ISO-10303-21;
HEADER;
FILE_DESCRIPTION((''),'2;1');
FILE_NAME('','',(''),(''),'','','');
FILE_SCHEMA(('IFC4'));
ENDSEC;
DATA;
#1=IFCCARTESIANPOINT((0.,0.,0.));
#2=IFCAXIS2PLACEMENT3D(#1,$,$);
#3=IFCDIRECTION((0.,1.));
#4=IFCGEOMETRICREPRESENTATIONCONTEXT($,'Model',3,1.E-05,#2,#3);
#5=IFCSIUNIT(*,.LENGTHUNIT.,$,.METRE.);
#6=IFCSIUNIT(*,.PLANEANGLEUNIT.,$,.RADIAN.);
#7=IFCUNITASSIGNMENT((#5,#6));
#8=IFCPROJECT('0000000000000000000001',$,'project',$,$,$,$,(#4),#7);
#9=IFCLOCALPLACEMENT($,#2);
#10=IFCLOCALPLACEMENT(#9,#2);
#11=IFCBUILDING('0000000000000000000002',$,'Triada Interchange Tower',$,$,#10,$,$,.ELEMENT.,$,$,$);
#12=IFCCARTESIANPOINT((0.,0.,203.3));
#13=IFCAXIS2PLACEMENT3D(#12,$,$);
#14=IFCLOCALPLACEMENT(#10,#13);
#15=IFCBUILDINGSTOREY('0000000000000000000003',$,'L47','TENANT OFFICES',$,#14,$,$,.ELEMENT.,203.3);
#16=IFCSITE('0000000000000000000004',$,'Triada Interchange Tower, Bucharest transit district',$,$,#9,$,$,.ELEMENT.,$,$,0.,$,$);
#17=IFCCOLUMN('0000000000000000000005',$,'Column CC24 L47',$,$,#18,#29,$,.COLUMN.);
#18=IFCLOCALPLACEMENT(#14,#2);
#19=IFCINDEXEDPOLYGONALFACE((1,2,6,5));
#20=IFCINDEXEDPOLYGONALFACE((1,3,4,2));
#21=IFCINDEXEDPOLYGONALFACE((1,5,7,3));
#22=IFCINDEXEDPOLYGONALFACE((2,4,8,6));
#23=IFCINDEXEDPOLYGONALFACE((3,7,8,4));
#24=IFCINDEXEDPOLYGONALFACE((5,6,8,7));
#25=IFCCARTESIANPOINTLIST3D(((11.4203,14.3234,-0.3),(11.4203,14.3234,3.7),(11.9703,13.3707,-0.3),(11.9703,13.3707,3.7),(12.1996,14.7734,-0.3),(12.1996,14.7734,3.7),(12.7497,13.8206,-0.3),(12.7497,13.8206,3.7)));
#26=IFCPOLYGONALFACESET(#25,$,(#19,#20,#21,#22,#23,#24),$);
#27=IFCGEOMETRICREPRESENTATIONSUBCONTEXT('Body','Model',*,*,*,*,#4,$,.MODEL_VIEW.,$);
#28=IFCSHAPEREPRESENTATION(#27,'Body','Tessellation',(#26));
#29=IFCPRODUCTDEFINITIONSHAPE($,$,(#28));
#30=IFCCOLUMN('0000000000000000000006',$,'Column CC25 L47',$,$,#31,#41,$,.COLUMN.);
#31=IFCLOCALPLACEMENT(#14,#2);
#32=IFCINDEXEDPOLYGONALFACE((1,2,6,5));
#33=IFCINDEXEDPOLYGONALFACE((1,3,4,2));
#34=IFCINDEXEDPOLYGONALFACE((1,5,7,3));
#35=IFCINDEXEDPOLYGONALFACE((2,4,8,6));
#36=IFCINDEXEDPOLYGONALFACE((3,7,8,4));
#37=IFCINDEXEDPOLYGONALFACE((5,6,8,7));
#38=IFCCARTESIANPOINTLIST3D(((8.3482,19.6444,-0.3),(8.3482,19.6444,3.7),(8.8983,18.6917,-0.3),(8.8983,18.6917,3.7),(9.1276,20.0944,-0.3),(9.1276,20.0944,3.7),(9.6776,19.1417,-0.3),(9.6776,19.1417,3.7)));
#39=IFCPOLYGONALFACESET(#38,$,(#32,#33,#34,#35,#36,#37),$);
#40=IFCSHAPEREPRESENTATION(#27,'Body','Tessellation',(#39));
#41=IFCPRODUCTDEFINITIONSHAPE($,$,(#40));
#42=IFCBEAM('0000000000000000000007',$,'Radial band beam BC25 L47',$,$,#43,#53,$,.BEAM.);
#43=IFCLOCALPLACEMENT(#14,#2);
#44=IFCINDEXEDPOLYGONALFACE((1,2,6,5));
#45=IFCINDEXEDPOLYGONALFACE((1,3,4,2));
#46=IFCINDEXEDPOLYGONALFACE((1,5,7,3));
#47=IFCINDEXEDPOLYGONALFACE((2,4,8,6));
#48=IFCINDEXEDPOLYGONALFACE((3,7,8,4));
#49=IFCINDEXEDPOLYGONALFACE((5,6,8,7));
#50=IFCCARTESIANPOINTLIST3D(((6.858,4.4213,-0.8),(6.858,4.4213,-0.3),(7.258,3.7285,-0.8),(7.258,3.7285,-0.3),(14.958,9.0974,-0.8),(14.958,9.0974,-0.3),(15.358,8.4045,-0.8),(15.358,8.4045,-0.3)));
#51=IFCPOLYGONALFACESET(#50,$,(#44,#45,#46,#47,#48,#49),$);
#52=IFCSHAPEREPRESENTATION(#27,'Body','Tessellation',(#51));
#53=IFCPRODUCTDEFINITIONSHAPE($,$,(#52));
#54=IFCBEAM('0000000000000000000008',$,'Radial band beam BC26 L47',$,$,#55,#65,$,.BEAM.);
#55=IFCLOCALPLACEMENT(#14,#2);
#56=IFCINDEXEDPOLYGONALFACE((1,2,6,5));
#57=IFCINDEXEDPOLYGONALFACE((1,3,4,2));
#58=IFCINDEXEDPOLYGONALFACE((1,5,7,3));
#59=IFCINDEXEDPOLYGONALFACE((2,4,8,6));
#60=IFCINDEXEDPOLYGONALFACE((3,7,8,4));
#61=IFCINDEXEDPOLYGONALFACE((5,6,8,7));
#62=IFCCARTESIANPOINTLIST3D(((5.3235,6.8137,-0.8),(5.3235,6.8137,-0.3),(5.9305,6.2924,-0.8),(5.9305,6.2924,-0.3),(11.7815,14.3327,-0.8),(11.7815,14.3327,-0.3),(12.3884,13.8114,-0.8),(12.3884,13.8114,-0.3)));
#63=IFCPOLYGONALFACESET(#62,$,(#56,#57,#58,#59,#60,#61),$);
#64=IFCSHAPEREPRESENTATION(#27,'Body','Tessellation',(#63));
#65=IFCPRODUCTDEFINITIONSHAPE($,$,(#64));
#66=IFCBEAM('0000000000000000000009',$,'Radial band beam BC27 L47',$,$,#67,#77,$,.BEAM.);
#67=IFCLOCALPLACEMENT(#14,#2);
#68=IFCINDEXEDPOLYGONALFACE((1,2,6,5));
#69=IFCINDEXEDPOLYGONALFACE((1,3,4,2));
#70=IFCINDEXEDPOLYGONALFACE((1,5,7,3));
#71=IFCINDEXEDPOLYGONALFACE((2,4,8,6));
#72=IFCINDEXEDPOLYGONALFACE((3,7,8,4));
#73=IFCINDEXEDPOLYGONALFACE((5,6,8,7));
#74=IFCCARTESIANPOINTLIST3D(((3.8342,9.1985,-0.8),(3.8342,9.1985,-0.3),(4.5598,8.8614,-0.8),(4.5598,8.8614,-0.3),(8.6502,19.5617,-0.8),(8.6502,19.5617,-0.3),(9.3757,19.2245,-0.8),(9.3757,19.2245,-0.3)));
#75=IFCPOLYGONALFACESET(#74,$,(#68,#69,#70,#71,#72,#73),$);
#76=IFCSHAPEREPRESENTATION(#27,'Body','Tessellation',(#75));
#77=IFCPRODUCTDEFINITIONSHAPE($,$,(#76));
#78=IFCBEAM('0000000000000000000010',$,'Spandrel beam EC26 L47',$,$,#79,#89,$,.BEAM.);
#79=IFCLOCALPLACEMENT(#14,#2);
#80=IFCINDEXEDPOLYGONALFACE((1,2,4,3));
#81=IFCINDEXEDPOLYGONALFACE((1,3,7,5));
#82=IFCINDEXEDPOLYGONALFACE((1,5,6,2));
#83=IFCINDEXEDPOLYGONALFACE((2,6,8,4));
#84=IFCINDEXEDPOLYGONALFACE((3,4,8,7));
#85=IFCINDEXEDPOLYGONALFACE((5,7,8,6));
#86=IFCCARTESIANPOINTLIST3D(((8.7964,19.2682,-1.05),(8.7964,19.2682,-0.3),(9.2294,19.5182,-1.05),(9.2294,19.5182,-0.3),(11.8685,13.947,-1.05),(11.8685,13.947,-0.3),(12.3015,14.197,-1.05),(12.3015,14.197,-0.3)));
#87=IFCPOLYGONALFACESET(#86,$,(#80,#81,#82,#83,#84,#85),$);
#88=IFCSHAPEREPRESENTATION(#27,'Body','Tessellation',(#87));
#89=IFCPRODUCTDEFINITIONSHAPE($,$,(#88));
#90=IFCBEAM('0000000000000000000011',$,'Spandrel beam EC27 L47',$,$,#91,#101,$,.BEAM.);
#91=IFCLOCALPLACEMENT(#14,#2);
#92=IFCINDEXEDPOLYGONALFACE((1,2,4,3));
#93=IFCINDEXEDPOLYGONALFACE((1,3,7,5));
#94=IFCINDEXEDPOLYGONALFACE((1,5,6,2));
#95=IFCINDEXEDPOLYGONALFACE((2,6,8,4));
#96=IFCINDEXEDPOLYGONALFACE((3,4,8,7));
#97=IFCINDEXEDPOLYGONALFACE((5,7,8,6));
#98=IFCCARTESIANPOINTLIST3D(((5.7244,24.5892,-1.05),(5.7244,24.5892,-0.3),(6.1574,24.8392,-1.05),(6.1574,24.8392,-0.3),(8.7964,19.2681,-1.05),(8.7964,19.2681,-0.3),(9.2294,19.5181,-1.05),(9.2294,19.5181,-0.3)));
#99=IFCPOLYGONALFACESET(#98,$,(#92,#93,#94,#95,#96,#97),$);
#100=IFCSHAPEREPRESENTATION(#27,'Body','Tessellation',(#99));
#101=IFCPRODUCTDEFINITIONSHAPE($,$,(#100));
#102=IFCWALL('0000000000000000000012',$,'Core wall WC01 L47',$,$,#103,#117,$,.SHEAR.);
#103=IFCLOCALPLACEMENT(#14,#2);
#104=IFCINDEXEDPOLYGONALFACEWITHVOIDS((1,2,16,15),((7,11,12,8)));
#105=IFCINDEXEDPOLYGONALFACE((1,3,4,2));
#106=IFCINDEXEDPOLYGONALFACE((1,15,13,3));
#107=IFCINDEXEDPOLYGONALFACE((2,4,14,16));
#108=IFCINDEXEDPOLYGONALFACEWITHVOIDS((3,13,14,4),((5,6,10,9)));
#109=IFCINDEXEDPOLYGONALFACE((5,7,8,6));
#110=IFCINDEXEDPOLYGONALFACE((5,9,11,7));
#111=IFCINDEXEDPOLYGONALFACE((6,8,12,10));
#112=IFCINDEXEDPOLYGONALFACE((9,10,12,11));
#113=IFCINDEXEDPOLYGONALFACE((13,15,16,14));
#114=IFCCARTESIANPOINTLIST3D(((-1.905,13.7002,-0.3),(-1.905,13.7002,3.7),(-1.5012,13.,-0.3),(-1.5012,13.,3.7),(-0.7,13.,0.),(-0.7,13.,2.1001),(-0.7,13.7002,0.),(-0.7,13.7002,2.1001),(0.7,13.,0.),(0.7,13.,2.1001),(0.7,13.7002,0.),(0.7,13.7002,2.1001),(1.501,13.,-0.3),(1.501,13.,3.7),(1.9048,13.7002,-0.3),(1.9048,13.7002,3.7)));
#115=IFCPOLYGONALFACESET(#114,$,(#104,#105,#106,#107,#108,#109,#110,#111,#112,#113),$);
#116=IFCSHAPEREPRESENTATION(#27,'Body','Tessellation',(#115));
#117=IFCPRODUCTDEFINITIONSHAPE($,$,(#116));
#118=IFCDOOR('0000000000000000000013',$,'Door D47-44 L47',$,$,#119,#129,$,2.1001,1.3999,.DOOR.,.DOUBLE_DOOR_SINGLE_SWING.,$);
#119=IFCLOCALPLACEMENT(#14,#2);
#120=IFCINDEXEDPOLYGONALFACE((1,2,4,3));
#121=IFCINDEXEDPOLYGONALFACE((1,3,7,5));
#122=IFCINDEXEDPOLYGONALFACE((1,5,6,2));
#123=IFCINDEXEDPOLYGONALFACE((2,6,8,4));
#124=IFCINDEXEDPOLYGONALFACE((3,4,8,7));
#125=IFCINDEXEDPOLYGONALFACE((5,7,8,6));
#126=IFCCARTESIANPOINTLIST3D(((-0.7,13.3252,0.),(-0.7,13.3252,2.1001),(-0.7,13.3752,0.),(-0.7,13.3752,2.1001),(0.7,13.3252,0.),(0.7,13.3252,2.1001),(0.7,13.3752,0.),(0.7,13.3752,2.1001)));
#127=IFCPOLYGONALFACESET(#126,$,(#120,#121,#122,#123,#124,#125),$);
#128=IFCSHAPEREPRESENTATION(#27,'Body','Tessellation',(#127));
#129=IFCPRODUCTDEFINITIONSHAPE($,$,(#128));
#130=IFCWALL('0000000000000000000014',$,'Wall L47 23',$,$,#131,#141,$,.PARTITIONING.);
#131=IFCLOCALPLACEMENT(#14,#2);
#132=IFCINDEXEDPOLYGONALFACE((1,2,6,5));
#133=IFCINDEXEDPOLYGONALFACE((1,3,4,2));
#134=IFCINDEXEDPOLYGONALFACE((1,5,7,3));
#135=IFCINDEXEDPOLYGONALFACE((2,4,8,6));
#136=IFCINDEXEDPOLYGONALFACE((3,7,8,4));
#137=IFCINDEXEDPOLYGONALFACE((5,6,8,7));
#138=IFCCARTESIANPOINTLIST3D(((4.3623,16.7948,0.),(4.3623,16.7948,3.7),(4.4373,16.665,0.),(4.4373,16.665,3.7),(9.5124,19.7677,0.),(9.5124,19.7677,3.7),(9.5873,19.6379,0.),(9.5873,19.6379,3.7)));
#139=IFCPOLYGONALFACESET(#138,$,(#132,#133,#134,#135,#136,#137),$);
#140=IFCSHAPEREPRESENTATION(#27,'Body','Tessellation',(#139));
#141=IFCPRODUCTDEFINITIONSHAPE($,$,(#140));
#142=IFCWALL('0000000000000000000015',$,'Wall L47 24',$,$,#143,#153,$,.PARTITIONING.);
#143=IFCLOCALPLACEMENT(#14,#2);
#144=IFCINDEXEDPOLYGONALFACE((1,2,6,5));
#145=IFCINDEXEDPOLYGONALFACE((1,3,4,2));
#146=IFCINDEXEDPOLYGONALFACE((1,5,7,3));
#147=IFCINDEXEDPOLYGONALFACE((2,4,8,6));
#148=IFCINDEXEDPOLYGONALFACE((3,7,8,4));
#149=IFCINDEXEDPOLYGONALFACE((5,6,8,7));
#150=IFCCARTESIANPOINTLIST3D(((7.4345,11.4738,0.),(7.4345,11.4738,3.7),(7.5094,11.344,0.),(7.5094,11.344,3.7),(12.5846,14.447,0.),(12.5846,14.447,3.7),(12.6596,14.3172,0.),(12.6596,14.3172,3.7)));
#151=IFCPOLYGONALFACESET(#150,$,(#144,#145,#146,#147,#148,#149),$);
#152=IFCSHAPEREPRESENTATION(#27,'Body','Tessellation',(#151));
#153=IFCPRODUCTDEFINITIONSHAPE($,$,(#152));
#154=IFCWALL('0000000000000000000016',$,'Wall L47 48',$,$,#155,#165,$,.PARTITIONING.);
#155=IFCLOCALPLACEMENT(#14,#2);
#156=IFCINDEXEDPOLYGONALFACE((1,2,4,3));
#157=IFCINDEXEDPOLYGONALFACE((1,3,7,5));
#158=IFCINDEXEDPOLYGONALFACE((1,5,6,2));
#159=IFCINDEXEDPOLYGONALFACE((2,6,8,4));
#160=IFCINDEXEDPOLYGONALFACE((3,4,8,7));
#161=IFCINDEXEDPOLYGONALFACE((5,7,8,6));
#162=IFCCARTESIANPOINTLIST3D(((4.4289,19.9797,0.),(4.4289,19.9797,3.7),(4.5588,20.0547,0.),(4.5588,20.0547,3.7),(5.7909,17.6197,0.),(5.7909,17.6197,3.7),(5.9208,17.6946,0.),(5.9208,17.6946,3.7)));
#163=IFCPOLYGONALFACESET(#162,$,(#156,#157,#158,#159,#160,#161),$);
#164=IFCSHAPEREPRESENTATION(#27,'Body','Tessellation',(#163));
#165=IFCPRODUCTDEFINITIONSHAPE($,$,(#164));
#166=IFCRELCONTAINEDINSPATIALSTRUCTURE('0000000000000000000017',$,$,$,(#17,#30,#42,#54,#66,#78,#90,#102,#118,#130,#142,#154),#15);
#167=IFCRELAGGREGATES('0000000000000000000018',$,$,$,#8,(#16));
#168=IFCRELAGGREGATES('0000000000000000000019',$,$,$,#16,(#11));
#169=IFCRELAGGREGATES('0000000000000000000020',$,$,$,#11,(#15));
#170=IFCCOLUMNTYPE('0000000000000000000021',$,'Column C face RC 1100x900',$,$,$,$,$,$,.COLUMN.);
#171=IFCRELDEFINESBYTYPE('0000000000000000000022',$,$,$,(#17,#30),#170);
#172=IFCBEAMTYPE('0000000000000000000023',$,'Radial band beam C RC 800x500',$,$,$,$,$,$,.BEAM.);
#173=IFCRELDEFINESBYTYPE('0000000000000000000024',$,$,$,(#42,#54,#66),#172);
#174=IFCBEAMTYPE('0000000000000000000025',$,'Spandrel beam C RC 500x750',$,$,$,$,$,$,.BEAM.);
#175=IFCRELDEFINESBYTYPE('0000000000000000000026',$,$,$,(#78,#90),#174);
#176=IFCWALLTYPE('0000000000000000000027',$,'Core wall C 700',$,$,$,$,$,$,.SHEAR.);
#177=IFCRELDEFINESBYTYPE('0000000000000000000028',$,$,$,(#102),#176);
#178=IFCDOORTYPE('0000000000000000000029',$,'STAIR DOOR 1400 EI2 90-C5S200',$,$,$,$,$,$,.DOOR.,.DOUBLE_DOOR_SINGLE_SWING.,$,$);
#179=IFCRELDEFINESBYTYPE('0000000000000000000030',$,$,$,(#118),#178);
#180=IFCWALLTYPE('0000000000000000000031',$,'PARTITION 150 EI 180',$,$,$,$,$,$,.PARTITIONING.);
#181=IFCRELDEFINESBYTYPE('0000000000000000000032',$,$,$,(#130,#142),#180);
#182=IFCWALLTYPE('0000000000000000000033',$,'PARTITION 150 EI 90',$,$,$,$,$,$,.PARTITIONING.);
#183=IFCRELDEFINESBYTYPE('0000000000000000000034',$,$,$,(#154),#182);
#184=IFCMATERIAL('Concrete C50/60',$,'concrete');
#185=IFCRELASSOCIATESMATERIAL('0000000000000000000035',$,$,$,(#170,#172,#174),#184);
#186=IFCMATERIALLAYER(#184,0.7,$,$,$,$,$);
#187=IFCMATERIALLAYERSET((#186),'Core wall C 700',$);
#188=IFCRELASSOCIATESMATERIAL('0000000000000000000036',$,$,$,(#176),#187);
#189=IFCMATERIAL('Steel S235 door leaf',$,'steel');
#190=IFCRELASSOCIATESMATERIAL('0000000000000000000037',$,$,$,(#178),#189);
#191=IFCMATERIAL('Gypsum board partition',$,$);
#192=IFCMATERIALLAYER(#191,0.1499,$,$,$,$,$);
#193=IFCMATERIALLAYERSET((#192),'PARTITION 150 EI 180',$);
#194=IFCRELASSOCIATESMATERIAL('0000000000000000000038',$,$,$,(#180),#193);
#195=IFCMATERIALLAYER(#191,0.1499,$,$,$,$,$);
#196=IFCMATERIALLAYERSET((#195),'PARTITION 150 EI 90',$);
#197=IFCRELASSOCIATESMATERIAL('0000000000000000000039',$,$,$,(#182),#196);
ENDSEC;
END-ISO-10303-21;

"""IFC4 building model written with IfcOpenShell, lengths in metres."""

from ifc_helpers import new_model, si_unit, direction, frame, frame_2d, origin, origin_2d, place, context, subcontext, project, spatial, polyline, rectangle, outline, extrude, material, layer, layer_set, material_profile, profile_set, type_object, element, fill, save


model = new_model("IFC4")

# Units and contexts
model_context = context("Model", 3, precision=1e-05, world=origin(), true_north=direction((0.0, 1.0)))
body_context = subcontext(model_context, "Body", "Model", "MODEL_VIEW")
ifc_project = project(units=[si_unit("LENGTHUNIT", "METRE"), si_unit("PLANEANGLEUNIT", "RADIAN")], contexts=[model_context])

# Site, building, storey
site_placement = place(None, origin())
site = spatial("IfcSite", under=ifc_project, at=site_placement, Name="Triada Interchange Tower, Bucharest transit district", CompositionType="ELEMENT", RefElevation=0.0)
building_placement = place(site_placement, origin())
building = spatial("IfcBuilding", under=site, at=building_placement, Name="Triada Interchange Tower", CompositionType="ELEMENT")
storey_placement = place(building_placement, frame((0.0, 0.0, 203.3)))
storey = spatial("IfcBuildingStorey", under=building, at=storey_placement, Name="L47", Description="TENANT OFFICES", CompositionType="ELEMENT", Elevation=203.3)

# Columns
ifc_material_1 = material(Name="Concrete C50/60", Category="concrete")
ifc_material_profile_1 = material_profile(ifc_material_1, rectangle(XDim=1.1001, YDim=0.8999, at=origin_2d()), Name="RC 1100x900")
ifc_profile_set_1 = profile_set([ifc_material_profile_1], Name="Concrete C50/60")
column_type = type_object("IfcColumnType", Name="Column C face RC 1100x900", PredefinedType="COLUMN", material=ifc_profile_set_1)
for number, where, z_axis, x_axis, name in (
    (1, (12.085, 14.072, -0.3), (0.0, 0.0, 1.0), (-0.5, 0.866025, 0.0), "Column CC24 L47"),
    (2, (9.0129, 19.3931, -0.3), (0.0, 0.0, 1.0), (-0.5, 0.866025, 0.0), "Column CC25 L47"),
):
    element("IfcColumn", number, at=place(storey_placement, frame(where, z_axis=z_axis, x_axis=x_axis)), inside=storey, type_object=column_type, Name=name, PredefinedType="COLUMN", context=body_context, shape_type="SweptSolid", body=[
        extrude(rectangle(XDim=1.1001, YDim=0.8999, at=origin_2d()), origin(), (0.0, 0.0, 1.0), 4.0),
    ])

# Beams
ifc_material_profile_2 = material_profile(ifc_material_1, rectangle(XDim=0.8, YDim=0.5, at=origin_2d()), Name="RC 800x500")
ifc_profile_set_2 = profile_set([ifc_material_profile_2], Name="Concrete C50/60")
beam_type_1 = type_object("IfcBeamType", Name="Radial band beam C RC 800x500", PredefinedType="BEAM", material=ifc_profile_set_2)
beam_1_placement = place(storey_placement, frame((15.158, 8.751, -0.55), z_axis=(-0.866045, -0.499966, 0.0), x_axis=(0.499966, -0.866045, 0.0)))
element("IfcBeam", 3, at=beam_1_placement, inside=storey, type_object=beam_type_1, Name="Radial band beam BC25 L47", PredefinedType="BEAM", context=body_context, shape_type="SweptSolid", body=[
    extrude(rectangle(XDim=0.8, YDim=0.5, at=origin_2d()), origin(), (0.0, 0.0, 1.0), 9.3528),
])
beam_2_placement = place(storey_placement, frame((12.085, 14.072, -0.55), z_axis=(-0.651554, -0.758602, 0.0), x_axis=(0.758602, -0.651554, 0.0)))
element("IfcBeam", 4, at=beam_2_placement, inside=storey, type_object=beam_type_1, Name="Radial band beam BC26 L47", PredefinedType="BEAM", context=body_context, shape_type="SweptSolid", body=[
    extrude(rectangle(XDim=0.8, YDim=0.5, at=origin_2d()), origin(), (0.0, 0.0, 1.0), 9.9116),
])
beam_3_placement = place(storey_placement, frame((9.0129, 19.3931, -0.55), z_axis=(-0.421436, -0.906858, 0.0), x_axis=(0.906858, -0.421436, 0.0)))
element("IfcBeam", 5, at=beam_3_placement, inside=storey, type_object=beam_type_1, Name="Radial band beam BC27 L47", PredefinedType="BEAM", context=body_context, shape_type="SweptSolid", body=[
    extrude(rectangle(XDim=0.8, YDim=0.5, at=origin_2d()), origin(), (0.0, 0.0, 1.0), 11.4275),
])
ifc_material_profile_3 = material_profile(ifc_material_1, rectangle(XDim=0.5, YDim=0.75, at=origin_2d()), Name="RC 500x750")
ifc_profile_set_3 = profile_set([ifc_material_profile_3], Name="Concrete C50/60")
beam_type_2 = type_object("IfcBeamType", Name="Spandrel beam C RC 500x750", PredefinedType="BEAM", material=ifc_profile_set_3)
for number, where, z_axis, x_axis, name in (
    (6, (12.085, 14.072, -0.675), (-0.49999, 0.866031, 0.0), (-0.866031, -0.49999, 0.0), "Spandrel beam EC26 L47"),
    (7, (9.0129, 19.3931, -0.675), (-0.49999, 0.866031, 0.0), (-0.866031, -0.49999, 0.0), "Spandrel beam EC27 L47"),
):
    element("IfcBeam", number, at=place(storey_placement, frame(where, z_axis=z_axis, x_axis=x_axis)), inside=storey, type_object=beam_type_2, Name=name, PredefinedType="BEAM", context=body_context, shape_type="SweptSolid", body=[
        extrude(rectangle(XDim=0.5, YDim=0.75, at=origin_2d()), origin(), (0.0, 0.0, 1.0), 6.1443),
    ])

# Wall, opening, door
ifc_layer_1 = layer(ifc_material_1, 0.7)
ifc_layer_set_1 = layer_set([ifc_layer_1], Name="Core wall C 700")
wall_type_1 = type_object("IfcWallType", Name="Core wall C 700", PredefinedType="SHEAR", material=ifc_layer_set_1)
wall_1_placement = place(storey_placement, frame((1.7029, 13.3501, -0.3), z_axis=(0.0, 0.0, 1.0), x_axis=(-1.0, 0.0, 0.0)))
wall_1 = element("IfcWall", 8, at=wall_1_placement, inside=storey, type_object=wall_type_1, Name="Core wall WC01 L47", PredefinedType="SHEAR", context=body_context, shape_type="SweptSolid", body=[
    extrude(outline(polyline([(-0.2019, -0.3501), (1.7031, -0.3501), (3.6079, -0.3501), (3.2041, 0.3501), (1.7031, 0.3501), (0.2019, 0.3501), (-0.2019, -0.3501)])), origin(), (0.0, 0.0, 1.0), 4.0),
])
opening_placement = place(wall_1_placement, frame((1.0029, 0.0, 0.3)))
opening = element("IfcOpeningElement", 9, at=opening_placement, cuts=wall_1, PredefinedType="OPENING", context=body_context, shape_type="SweptSolid", body=[
    extrude(rectangle(XDim=1.3999, YDim=2.1001, at=frame_2d((0.7, 1.05))), frame((0.0, 0.3601, 0.0), z_axis=(0.0, -1.0, 0.0), x_axis=(1.0, 0.0, 0.0)), (0.0, 0.0, 1.0), 0.7202),
])
ifc_material_2 = material(Name="Steel S235 door leaf", Category="steel")
door_type = type_object("IfcDoorType", Name="STAIR DOOR 1400 EI2 90-C5S200", OperationType="DOUBLE_DOOR_SINGLE_SWING", PredefinedType="DOOR", material=ifc_material_2)
door_placement = place(opening_placement, origin())
door = element("IfcDoor", 10, at=door_placement, inside=storey, type_object=door_type, Name="Door D47-44 L47", OperationType="DOUBLE_DOOR_SINGLE_SWING", OverallHeight=2.1001, OverallWidth=1.3999, PredefinedType="DOOR", context=body_context, shape_type="SweptSolid", body=[
    extrude(rectangle(XDim=1.3999, YDim=2.1001, at=frame_2d((0.7, 1.05))), frame((0.0, 0.0249, 0.0), z_axis=(0.0, -1.0, 0.0), x_axis=(1.0, 0.0, 0.0)), (0.0, 0.0, 1.0), 0.05),
])
fill(opening, door)

# Walls
ifc_material_3 = material(Name="Gypsum board partition")
ifc_layer_2 = layer(ifc_material_3, 0.1499)
ifc_layer_set_2 = layer_set([ifc_layer_2], Name="PARTITION 150 EI 180")
wall_type_2 = type_object("IfcWallType", Name="PARTITION 150 EI 180", PredefinedType="PARTITIONING", material=ifc_layer_set_2)
wall_2_placement = place(storey_placement, frame((4.3999, 16.73, 0.0), z_axis=(0.0, 0.0, 1.0), x_axis=(0.866065, 0.499932, 0.0)))
element("IfcWall", 11, at=wall_2_placement, inside=storey, type_object=wall_type_2, Name="Wall L47 23", PredefinedType="PARTITIONING", context=body_context, shape_type="SweptSolid", body=[
    extrude(rectangle(XDim=5.9465, YDim=0.1499, at=frame_2d((2.9731, 0.0))), origin(), (0.0, 0.0, 1.0), 3.7),
])
wall_3_placement = place(storey_placement, frame((7.4719, 11.4089, 0.0), z_axis=(0.0, 0.0, 1.0), x_axis=(0.866047, 0.499963, 0.0)))
element("IfcWall", 12, at=wall_3_placement, inside=storey, type_object=wall_type_2, Name="Wall L47 24", PredefinedType="PARTITIONING", context=body_context, shape_type="SweptSolid", body=[
    extrude(rectangle(XDim=5.9468, YDim=0.1499, at=frame_2d((2.9734, 0.0))), origin(), (0.0, 0.0, 1.0), 3.7),
])
ifc_layer_3 = layer(ifc_material_3, 0.1499)
ifc_layer_set_3 = layer_set([ifc_layer_3], Name="PARTITION 150 EI 90")
wall_type_3 = type_object("IfcWallType", Name="PARTITION 150 EI 90", PredefinedType="PARTITIONING", material=ifc_layer_set_3)
wall_4_placement = place(storey_placement, frame((4.4939, 20.0171, 0.0), z_axis=(0.0, 0.0, 1.0), x_axis=(0.499849, -0.866112, 0.0)))
element("IfcWall", 13, at=wall_4_placement, inside=storey, type_object=wall_type_3, Name="Wall L47 48", PredefinedType="PARTITIONING", context=body_context, shape_type="SweptSolid", body=[
    extrude(rectangle(XDim=2.7249, YDim=0.1499, at=frame_2d((1.3623, 0.0))), origin(), (0.0, 0.0, 1.0), 3.7),
])

save(model, "model.ifc")
